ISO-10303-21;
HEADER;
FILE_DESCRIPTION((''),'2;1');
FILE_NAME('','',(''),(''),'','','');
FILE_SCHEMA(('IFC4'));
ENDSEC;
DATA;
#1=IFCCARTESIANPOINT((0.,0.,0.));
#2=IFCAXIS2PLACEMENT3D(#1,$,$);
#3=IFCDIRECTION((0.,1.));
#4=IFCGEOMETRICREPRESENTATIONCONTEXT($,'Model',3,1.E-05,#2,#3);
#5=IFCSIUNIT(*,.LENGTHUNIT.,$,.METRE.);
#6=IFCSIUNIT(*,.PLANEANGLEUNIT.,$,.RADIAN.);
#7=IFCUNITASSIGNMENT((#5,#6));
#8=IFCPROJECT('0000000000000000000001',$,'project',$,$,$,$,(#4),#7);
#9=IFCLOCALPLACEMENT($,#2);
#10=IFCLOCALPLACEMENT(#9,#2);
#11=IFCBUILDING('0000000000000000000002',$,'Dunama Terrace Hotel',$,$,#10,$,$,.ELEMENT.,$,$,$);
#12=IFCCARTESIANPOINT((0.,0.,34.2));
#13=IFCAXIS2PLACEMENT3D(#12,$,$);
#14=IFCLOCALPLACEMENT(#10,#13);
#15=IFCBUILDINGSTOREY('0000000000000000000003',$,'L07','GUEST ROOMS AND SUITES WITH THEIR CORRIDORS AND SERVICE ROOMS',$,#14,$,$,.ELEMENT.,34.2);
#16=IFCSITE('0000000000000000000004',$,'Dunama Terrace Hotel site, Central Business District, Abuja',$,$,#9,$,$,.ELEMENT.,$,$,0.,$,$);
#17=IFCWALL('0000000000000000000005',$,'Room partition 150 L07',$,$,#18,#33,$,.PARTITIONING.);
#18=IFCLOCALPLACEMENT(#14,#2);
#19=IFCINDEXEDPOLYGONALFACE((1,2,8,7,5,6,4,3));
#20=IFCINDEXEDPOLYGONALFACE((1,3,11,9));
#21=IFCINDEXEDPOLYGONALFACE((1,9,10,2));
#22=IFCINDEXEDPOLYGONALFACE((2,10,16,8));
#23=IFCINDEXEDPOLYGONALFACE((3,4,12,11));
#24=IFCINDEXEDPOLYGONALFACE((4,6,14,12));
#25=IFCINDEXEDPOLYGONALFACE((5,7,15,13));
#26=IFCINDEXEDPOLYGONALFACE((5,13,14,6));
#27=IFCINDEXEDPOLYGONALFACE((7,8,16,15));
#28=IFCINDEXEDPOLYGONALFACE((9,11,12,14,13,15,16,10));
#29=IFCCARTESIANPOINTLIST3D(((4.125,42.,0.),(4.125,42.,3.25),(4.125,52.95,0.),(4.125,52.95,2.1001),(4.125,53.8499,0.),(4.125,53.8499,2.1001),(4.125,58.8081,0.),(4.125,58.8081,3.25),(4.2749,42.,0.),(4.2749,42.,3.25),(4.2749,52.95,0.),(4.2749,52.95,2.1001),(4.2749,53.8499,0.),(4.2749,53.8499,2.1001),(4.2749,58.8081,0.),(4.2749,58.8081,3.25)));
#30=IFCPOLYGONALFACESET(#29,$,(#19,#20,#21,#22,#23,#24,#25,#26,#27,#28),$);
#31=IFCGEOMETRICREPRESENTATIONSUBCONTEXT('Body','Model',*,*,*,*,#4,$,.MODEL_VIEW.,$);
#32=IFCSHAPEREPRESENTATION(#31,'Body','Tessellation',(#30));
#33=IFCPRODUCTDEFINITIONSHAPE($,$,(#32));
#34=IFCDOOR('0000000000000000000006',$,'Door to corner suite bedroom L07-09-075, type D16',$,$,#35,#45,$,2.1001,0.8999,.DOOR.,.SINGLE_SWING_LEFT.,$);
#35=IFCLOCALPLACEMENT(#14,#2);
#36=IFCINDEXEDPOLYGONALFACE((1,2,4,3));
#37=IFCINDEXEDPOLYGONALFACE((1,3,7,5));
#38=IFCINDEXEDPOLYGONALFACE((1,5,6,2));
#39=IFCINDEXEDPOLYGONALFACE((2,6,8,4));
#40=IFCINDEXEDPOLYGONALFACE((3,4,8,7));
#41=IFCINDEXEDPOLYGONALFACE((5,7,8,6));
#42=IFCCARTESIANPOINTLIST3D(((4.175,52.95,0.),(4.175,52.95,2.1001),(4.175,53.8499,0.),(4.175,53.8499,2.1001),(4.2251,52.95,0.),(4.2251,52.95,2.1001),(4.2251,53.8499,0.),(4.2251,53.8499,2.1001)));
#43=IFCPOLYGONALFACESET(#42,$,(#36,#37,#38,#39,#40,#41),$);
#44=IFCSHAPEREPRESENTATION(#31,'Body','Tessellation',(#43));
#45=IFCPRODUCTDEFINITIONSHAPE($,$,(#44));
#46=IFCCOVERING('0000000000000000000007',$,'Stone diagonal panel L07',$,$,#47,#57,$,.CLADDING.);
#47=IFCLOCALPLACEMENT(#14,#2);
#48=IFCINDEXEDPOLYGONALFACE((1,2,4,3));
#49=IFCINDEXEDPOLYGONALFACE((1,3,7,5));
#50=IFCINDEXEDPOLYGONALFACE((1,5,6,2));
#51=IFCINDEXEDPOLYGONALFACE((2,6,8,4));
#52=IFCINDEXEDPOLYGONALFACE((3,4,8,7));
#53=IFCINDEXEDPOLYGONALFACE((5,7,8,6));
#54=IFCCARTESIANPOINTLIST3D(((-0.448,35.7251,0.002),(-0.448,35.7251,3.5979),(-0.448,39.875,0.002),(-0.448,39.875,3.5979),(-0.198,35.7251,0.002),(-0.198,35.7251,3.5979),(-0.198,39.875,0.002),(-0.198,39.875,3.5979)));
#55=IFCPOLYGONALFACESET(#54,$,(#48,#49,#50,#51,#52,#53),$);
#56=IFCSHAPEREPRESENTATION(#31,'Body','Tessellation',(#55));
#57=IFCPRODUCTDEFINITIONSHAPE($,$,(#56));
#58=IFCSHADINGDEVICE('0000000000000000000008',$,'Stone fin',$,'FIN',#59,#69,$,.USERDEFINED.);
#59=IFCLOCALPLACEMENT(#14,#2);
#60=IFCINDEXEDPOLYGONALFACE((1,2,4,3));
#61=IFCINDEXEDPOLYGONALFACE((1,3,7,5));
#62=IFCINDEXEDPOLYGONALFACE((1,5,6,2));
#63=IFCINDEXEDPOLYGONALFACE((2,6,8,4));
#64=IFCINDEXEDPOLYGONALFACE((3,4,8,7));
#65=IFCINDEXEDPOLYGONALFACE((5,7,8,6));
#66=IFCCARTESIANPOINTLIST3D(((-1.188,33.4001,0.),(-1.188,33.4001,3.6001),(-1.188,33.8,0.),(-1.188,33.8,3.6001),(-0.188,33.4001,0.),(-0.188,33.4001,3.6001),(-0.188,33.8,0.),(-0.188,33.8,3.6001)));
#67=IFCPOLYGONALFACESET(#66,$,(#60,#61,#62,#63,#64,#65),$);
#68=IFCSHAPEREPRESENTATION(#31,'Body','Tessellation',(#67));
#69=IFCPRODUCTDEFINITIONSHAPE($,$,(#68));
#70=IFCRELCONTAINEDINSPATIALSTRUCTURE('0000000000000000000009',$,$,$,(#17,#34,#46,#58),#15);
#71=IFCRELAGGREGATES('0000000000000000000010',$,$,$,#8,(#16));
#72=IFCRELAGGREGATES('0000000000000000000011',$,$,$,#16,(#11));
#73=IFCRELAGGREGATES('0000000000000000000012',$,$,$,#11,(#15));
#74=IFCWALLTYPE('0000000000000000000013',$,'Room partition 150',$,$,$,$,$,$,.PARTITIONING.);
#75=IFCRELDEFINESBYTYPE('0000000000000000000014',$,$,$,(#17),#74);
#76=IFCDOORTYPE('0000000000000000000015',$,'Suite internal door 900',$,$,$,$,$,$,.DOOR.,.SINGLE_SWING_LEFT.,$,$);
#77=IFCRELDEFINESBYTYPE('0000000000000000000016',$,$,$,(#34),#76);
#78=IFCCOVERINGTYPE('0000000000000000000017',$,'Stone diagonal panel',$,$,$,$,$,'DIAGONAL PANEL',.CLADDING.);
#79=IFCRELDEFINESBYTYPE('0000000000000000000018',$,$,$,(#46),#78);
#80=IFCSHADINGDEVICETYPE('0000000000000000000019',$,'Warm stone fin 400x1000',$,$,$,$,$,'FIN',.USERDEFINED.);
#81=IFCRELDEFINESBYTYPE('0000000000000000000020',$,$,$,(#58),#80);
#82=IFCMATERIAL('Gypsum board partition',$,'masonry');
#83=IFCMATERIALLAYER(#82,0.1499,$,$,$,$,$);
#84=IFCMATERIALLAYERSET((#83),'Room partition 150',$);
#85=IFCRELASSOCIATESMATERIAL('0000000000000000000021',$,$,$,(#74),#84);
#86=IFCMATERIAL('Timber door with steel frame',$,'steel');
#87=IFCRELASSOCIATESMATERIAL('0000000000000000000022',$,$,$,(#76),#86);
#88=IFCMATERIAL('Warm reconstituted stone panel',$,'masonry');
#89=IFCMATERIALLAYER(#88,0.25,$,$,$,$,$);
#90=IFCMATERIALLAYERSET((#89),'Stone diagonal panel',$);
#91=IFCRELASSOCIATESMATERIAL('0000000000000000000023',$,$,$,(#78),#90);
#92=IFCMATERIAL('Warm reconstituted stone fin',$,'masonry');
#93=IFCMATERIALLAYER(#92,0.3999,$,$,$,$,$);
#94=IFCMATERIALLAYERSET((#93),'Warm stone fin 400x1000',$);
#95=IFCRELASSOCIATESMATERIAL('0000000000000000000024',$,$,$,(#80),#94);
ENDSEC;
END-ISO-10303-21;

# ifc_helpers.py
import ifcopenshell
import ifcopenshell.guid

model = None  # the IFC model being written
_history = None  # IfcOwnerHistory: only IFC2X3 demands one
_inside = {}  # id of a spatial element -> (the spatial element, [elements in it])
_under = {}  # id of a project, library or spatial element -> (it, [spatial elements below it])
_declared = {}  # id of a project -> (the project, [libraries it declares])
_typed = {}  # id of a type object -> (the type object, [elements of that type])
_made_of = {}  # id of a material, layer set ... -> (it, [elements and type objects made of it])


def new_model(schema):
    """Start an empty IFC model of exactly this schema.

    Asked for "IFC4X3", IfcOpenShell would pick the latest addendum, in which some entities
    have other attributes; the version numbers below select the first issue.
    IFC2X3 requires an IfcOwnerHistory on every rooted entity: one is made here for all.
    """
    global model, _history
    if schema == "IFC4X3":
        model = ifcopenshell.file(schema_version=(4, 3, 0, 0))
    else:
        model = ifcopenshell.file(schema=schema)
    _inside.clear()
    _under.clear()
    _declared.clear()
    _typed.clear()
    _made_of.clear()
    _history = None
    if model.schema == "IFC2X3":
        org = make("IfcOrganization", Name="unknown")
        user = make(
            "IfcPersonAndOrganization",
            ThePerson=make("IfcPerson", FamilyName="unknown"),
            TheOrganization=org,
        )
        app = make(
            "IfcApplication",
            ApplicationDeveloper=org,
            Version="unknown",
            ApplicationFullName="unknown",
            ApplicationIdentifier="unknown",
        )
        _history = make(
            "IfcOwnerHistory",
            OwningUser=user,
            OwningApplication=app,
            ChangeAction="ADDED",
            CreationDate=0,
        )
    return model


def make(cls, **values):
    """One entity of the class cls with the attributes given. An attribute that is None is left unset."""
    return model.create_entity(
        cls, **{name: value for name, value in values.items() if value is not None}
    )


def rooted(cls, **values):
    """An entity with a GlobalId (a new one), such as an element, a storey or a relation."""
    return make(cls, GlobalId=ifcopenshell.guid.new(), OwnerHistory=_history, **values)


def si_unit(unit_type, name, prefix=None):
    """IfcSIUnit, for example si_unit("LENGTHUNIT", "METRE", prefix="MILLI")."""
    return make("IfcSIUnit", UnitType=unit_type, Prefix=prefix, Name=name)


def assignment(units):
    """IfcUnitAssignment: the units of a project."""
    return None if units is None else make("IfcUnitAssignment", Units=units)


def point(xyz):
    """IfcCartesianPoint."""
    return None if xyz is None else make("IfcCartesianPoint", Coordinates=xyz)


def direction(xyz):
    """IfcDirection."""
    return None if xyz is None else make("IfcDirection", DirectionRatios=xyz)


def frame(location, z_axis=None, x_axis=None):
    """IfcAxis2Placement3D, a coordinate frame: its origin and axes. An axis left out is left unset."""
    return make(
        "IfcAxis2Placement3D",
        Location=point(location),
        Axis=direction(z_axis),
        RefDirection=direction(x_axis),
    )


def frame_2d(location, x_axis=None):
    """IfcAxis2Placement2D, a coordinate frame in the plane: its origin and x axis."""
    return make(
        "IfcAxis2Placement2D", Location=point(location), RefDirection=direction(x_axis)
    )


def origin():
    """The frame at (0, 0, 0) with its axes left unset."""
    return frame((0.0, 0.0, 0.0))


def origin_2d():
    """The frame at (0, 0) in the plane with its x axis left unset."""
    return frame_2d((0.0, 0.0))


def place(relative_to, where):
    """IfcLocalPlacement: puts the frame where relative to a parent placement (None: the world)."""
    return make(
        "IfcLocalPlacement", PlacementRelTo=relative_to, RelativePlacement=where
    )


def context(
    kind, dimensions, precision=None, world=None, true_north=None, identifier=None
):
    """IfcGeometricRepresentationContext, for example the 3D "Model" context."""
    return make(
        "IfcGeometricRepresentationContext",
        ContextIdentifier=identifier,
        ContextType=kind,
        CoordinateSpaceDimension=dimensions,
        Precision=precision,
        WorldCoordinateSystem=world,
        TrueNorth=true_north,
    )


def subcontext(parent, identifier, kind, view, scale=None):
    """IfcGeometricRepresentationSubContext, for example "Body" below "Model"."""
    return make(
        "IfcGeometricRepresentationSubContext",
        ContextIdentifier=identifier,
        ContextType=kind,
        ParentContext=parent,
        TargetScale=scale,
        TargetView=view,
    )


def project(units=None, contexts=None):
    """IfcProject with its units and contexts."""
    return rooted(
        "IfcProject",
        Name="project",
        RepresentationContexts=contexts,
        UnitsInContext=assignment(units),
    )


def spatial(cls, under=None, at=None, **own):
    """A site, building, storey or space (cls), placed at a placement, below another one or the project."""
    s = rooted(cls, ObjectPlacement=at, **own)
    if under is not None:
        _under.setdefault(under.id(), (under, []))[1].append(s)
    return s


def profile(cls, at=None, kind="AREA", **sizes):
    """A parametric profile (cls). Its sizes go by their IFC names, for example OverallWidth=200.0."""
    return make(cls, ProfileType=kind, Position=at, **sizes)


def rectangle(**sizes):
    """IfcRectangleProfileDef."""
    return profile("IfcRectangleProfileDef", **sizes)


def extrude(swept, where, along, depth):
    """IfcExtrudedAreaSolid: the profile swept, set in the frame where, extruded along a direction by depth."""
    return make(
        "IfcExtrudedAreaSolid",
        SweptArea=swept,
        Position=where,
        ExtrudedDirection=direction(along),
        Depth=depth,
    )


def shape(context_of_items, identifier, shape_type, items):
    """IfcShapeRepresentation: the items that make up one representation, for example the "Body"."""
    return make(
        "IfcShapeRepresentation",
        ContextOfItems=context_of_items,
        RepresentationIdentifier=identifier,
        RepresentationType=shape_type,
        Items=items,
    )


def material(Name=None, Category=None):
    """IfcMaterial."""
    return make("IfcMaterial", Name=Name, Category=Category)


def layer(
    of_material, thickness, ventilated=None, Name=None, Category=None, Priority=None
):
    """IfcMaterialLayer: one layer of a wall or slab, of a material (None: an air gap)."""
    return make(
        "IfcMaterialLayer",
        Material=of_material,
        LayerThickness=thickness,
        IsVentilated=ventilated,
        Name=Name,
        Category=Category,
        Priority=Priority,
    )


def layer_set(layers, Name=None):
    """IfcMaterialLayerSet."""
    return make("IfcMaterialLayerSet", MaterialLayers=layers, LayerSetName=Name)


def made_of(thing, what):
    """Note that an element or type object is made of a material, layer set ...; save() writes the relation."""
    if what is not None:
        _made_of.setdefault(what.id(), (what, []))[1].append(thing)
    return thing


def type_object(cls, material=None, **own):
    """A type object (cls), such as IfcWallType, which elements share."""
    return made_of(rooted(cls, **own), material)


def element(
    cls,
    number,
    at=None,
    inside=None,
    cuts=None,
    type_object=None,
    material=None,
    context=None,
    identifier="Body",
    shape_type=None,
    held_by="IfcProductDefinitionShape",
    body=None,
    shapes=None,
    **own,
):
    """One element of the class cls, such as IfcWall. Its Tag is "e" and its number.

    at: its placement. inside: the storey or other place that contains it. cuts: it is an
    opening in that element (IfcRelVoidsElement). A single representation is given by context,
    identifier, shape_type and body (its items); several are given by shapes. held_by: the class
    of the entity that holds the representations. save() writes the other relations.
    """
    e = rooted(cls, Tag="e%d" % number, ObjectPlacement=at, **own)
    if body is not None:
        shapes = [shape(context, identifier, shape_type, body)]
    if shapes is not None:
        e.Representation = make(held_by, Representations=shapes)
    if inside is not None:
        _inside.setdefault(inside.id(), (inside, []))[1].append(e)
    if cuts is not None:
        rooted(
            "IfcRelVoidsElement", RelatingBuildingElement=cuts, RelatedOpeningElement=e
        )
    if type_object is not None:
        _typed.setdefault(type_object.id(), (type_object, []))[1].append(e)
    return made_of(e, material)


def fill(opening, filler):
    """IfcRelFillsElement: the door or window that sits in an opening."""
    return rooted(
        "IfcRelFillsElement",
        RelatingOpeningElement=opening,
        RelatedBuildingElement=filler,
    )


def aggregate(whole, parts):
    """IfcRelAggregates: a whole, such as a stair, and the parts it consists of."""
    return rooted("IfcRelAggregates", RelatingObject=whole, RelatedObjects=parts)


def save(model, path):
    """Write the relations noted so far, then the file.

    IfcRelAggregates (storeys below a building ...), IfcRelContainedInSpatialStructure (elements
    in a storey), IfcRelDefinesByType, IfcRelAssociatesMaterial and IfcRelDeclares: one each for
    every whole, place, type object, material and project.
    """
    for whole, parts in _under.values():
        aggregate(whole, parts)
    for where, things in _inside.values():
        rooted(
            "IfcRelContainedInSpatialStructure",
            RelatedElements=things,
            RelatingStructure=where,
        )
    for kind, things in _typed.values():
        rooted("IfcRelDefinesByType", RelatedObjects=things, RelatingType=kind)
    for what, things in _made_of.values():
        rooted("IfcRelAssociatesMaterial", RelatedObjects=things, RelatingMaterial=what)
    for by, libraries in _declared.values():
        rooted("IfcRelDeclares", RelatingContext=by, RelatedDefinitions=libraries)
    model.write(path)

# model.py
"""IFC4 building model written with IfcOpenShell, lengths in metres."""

from ifc_helpers import new_model, si_unit, direction, frame, frame_2d, origin, origin_2d, place, context, subcontext, project, spatial, rectangle, extrude, material, layer, layer_set, type_object, element, fill, save


model = new_model("IFC4")

# Units and contexts
model_context = context("Model", 3, precision=1e-05, world=origin(), true_north=direction((0.0, 1.0)))
body_context = subcontext(model_context, "Body", "Model", "MODEL_VIEW")
ifc_project = project(units=[si_unit("LENGTHUNIT", "METRE"), si_unit("PLANEANGLEUNIT", "RADIAN")], contexts=[model_context])

# Site, building, storey
site_placement = place(None, origin())
site = spatial("IfcSite", under=ifc_project, at=site_placement, Name="Dunama Terrace Hotel site, Central Business District, Abuja", CompositionType="ELEMENT", RefElevation=0.0)
building_placement = place(site_placement, origin())
building = spatial("IfcBuilding", under=site, at=building_placement, Name="Dunama Terrace Hotel", CompositionType="ELEMENT")
storey_placement = place(building_placement, frame((0.0, 0.0, 34.2)))
storey = spatial("IfcBuildingStorey", under=building, at=storey_placement, Name="L07", Description="GUEST ROOMS AND SUITES WITH THEIR CORRIDORS AND SERVICE ROOMS", CompositionType="ELEMENT", Elevation=34.2)

# Shared definitions
ifc_material_1 = material(Name="Gypsum board partition", Category="masonry")
ifc_layer_1 = layer(ifc_material_1, 0.1499)
ifc_layer_set_1 = layer_set([ifc_layer_1], Name="Room partition 150")
wall_type_1 = type_object("IfcWallType", Name="Room partition 150", PredefinedType="PARTITIONING", material=ifc_layer_set_1)

# Wall, opening, door
wall_1_placement = place(storey_placement, frame((4.2, 42.0, 0.0), z_axis=(0.0, 0.0, 1.0), x_axis=(0.0, 1.0, 0.0)))
wall_1 = element("IfcWall", 1, at=wall_1_placement, inside=storey, type_object=wall_type_1, Name="Room partition 150 L07", PredefinedType="PARTITIONING", context=body_context, shape_type="SweptSolid", body=[
    extrude(rectangle(XDim=16.8081, YDim=0.1499, at=frame_2d((8.4041, 0.0))), origin(), (0.0, 0.0, 1.0), 3.25),
])
opening_1_placement = place(wall_1_placement, frame((10.95, 0.0, 0.0)))
opening_1 = element("IfcOpeningElement", 2, at=opening_1_placement, cuts=wall_1, PredefinedType="OPENING", context=body_context, shape_type="SweptSolid", body=[
    extrude(rectangle(XDim=0.8999, YDim=2.1001, at=frame_2d((0.45, 1.05))), frame((0.0, 0.085, 0.0), z_axis=(0.0, -1.0, 0.0), x_axis=(1.0, 0.0, 0.0)), (0.0, 0.0, 1.0), 0.1699),
])
ifc_material_2 = material(Name="Timber door with steel frame", Category="steel")
door_type_1 = type_object("IfcDoorType", Name="Suite internal door 900", OperationType="SINGLE_SWING_LEFT", PredefinedType="DOOR", material=ifc_material_2)
door_1_placement = place(opening_1_placement, origin())
door_1 = element("IfcDoor", 3, at=door_1_placement, inside=storey, type_object=door_type_1, Name="Door to corner suite bedroom L07-09-075, type D16", OperationType="SINGLE_SWING_LEFT", OverallHeight=2.1001, OverallWidth=0.8999, PredefinedType="DOOR", context=body_context, shape_type="SweptSolid", body=[
    extrude(rectangle(XDim=0.8999, YDim=2.1001, at=frame_2d((0.45, 1.05))), frame((0.0, 0.0249, 0.0), z_axis=(0.0, -1.0, 0.0), x_axis=(1.0, 0.0, 0.0)), (0.0, 0.0, 1.0), 0.05),
])
fill(opening_1, door_1)

# Covering
ifc_material_3 = material(Name="Warm reconstituted stone panel", Category="masonry")
ifc_layer_2 = layer(ifc_material_3, 0.25)
ifc_layer_set_2 = layer_set([ifc_layer_2], Name="Stone diagonal panel")
covering_type = type_object("IfcCoveringType", Name="Stone diagonal panel", ElementType="DIAGONAL PANEL", PredefinedType="CLADDING", material=ifc_layer_set_2)
covering_placement = place(storey_placement, frame((-0.323, 37.8, 0.002), z_axis=(0.0, 0.0, 1.0), x_axis=(0.0, -1.0, 0.0)))
element("IfcCovering", 4, at=covering_placement, inside=storey, type_object=covering_type, Name="Stone diagonal panel L07", PredefinedType="CLADDING", context=body_context, shape_type="SweptSolid", body=[
    extrude(rectangle(XDim=4.1499, YDim=0.25, at=origin_2d()), origin(), (0.0, 0.0, 1.0), 3.5959),
])

# Shading device
ifc_material_4 = material(Name="Warm reconstituted stone fin", Category="masonry")
ifc_layer_3 = layer(ifc_material_4, 0.3999)
ifc_layer_set_3 = layer_set([ifc_layer_3], Name="Warm stone fin 400x1000")
shading_device_type = type_object("IfcShadingDeviceType", Name="Warm stone fin 400x1000", ElementType="FIN", PredefinedType="USERDEFINED", material=ifc_layer_set_3)
shading_device_placement = place(storey_placement, frame((-0.688, 33.6001, 0.0), z_axis=(0.0, 0.0, 1.0), x_axis=(0.0, -1.0, 0.0)))
element("IfcShadingDevice", 5, at=shading_device_placement, inside=storey, type_object=shading_device_type, Name="Stone fin", ObjectType="FIN", PredefinedType="USERDEFINED", context=body_context, shape_type="SweptSolid", body=[
    extrude(rectangle(XDim=0.3999, YDim=1.0, at=origin_2d()), origin(), (0.0, 0.0, 1.0), 3.6001),
])

save(model, "model.ifc")
